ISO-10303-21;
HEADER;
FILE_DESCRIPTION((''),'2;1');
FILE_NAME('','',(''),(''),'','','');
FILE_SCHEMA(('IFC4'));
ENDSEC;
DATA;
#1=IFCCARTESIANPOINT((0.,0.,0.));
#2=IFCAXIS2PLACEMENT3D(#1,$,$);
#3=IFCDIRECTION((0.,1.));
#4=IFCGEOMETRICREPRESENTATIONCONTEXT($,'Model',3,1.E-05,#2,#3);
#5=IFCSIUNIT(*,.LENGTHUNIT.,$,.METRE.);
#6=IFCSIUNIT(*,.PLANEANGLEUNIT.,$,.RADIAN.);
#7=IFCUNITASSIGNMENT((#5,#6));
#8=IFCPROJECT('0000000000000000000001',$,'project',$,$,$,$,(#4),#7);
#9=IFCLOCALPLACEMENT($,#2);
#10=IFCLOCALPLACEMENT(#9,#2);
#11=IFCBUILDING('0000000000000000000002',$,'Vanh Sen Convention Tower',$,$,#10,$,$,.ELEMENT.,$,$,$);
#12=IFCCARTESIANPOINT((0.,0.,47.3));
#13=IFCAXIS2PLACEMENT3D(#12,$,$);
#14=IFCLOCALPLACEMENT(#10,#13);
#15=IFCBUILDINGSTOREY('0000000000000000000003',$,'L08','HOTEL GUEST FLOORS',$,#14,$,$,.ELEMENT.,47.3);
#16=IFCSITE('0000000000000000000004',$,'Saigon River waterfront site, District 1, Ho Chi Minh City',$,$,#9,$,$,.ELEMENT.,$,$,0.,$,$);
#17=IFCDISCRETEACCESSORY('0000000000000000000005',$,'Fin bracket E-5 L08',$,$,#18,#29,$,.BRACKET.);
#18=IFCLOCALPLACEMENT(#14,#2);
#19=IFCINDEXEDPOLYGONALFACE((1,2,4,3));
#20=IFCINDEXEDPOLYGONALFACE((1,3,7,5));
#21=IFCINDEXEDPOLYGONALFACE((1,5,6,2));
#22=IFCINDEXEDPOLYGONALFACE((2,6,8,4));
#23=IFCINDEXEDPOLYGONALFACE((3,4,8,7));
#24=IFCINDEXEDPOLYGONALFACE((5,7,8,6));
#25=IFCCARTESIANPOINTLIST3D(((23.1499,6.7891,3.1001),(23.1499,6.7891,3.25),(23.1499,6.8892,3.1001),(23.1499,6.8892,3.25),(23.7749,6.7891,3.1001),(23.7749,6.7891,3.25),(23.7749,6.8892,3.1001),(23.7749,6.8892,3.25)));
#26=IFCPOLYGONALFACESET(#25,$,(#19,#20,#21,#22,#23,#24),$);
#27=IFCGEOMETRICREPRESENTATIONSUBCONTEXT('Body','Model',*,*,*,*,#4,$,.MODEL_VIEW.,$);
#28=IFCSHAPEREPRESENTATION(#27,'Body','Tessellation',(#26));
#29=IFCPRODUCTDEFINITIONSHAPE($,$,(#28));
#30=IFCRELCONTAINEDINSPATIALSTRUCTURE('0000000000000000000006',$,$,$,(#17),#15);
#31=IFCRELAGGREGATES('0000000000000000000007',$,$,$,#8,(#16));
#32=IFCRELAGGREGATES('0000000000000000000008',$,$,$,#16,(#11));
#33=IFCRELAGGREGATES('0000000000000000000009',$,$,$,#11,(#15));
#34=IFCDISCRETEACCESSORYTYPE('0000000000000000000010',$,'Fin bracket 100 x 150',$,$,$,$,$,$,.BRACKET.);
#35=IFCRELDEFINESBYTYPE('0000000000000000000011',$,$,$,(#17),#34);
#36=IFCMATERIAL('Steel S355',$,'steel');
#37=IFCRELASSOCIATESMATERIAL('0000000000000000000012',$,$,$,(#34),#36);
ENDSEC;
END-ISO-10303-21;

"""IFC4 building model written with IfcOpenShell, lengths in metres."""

from ifc_helpers import new_model, si_unit, direction, frame, origin, origin_2d, place, context, subcontext, project, spatial, rectangle, extrude, material, type_object, element, save


model = new_model("IFC4")

# Units and contexts
model_context = context("Model", 3, precision=1e-05, world=origin(), true_north=direction((0.0, 1.0)))
body_context = subcontext(model_context, "Body", "Model", "MODEL_VIEW")
ifc_project = project(units=[si_unit("LENGTHUNIT", "METRE"), si_unit("PLANEANGLEUNIT", "RADIAN")], contexts=[model_context])

# Site, building, storey
site_placement = place(None, origin())
site = spatial("IfcSite", under=ifc_project, at=site_placement, Name="Saigon River waterfront site, District 1, Ho Chi Minh City", CompositionType="ELEMENT", RefElevation=0.0)
building_placement = place(site_placement, origin())
building = spatial("IfcBuilding", under=site, at=building_placement, Name="Vanh Sen Convention Tower", CompositionType="ELEMENT")
storey_placement = place(building_placement, frame((0.0, 0.0, 47.3)))
storey = spatial("IfcBuildingStorey", under=building, at=storey_placement, Name="L08", Description="HOTEL GUEST FLOORS", CompositionType="ELEMENT", Elevation=47.3)

# Discrete accessory
ifc_material_1 = material(Name="Steel S355", Category="steel")
discrete_accessory_type = type_object("IfcDiscreteAccessoryType", Name="Fin bracket 100 x 150", PredefinedType="BRACKET", material=ifc_material_1)
discrete_accessory_placement = place(storey_placement, frame((23.4624, 6.8391, 3.1001), z_axis=(0.0, 0.0, 1.0), x_axis=(1.0, 0.0, 0.0)))
element("IfcDiscreteAccessory", 1, at=discrete_accessory_placement, inside=storey, type_object=discrete_accessory_type, Name="Fin bracket E-5 L08", PredefinedType="BRACKET", context=body_context, shape_type="SweptSolid", body=[
    extrude(rectangle(XDim=0.625, YDim=0.1001, at=origin_2d()), origin(), (0.0, 0.0, 1.0), 0.1499),
])

save(model, "model.ifc")
